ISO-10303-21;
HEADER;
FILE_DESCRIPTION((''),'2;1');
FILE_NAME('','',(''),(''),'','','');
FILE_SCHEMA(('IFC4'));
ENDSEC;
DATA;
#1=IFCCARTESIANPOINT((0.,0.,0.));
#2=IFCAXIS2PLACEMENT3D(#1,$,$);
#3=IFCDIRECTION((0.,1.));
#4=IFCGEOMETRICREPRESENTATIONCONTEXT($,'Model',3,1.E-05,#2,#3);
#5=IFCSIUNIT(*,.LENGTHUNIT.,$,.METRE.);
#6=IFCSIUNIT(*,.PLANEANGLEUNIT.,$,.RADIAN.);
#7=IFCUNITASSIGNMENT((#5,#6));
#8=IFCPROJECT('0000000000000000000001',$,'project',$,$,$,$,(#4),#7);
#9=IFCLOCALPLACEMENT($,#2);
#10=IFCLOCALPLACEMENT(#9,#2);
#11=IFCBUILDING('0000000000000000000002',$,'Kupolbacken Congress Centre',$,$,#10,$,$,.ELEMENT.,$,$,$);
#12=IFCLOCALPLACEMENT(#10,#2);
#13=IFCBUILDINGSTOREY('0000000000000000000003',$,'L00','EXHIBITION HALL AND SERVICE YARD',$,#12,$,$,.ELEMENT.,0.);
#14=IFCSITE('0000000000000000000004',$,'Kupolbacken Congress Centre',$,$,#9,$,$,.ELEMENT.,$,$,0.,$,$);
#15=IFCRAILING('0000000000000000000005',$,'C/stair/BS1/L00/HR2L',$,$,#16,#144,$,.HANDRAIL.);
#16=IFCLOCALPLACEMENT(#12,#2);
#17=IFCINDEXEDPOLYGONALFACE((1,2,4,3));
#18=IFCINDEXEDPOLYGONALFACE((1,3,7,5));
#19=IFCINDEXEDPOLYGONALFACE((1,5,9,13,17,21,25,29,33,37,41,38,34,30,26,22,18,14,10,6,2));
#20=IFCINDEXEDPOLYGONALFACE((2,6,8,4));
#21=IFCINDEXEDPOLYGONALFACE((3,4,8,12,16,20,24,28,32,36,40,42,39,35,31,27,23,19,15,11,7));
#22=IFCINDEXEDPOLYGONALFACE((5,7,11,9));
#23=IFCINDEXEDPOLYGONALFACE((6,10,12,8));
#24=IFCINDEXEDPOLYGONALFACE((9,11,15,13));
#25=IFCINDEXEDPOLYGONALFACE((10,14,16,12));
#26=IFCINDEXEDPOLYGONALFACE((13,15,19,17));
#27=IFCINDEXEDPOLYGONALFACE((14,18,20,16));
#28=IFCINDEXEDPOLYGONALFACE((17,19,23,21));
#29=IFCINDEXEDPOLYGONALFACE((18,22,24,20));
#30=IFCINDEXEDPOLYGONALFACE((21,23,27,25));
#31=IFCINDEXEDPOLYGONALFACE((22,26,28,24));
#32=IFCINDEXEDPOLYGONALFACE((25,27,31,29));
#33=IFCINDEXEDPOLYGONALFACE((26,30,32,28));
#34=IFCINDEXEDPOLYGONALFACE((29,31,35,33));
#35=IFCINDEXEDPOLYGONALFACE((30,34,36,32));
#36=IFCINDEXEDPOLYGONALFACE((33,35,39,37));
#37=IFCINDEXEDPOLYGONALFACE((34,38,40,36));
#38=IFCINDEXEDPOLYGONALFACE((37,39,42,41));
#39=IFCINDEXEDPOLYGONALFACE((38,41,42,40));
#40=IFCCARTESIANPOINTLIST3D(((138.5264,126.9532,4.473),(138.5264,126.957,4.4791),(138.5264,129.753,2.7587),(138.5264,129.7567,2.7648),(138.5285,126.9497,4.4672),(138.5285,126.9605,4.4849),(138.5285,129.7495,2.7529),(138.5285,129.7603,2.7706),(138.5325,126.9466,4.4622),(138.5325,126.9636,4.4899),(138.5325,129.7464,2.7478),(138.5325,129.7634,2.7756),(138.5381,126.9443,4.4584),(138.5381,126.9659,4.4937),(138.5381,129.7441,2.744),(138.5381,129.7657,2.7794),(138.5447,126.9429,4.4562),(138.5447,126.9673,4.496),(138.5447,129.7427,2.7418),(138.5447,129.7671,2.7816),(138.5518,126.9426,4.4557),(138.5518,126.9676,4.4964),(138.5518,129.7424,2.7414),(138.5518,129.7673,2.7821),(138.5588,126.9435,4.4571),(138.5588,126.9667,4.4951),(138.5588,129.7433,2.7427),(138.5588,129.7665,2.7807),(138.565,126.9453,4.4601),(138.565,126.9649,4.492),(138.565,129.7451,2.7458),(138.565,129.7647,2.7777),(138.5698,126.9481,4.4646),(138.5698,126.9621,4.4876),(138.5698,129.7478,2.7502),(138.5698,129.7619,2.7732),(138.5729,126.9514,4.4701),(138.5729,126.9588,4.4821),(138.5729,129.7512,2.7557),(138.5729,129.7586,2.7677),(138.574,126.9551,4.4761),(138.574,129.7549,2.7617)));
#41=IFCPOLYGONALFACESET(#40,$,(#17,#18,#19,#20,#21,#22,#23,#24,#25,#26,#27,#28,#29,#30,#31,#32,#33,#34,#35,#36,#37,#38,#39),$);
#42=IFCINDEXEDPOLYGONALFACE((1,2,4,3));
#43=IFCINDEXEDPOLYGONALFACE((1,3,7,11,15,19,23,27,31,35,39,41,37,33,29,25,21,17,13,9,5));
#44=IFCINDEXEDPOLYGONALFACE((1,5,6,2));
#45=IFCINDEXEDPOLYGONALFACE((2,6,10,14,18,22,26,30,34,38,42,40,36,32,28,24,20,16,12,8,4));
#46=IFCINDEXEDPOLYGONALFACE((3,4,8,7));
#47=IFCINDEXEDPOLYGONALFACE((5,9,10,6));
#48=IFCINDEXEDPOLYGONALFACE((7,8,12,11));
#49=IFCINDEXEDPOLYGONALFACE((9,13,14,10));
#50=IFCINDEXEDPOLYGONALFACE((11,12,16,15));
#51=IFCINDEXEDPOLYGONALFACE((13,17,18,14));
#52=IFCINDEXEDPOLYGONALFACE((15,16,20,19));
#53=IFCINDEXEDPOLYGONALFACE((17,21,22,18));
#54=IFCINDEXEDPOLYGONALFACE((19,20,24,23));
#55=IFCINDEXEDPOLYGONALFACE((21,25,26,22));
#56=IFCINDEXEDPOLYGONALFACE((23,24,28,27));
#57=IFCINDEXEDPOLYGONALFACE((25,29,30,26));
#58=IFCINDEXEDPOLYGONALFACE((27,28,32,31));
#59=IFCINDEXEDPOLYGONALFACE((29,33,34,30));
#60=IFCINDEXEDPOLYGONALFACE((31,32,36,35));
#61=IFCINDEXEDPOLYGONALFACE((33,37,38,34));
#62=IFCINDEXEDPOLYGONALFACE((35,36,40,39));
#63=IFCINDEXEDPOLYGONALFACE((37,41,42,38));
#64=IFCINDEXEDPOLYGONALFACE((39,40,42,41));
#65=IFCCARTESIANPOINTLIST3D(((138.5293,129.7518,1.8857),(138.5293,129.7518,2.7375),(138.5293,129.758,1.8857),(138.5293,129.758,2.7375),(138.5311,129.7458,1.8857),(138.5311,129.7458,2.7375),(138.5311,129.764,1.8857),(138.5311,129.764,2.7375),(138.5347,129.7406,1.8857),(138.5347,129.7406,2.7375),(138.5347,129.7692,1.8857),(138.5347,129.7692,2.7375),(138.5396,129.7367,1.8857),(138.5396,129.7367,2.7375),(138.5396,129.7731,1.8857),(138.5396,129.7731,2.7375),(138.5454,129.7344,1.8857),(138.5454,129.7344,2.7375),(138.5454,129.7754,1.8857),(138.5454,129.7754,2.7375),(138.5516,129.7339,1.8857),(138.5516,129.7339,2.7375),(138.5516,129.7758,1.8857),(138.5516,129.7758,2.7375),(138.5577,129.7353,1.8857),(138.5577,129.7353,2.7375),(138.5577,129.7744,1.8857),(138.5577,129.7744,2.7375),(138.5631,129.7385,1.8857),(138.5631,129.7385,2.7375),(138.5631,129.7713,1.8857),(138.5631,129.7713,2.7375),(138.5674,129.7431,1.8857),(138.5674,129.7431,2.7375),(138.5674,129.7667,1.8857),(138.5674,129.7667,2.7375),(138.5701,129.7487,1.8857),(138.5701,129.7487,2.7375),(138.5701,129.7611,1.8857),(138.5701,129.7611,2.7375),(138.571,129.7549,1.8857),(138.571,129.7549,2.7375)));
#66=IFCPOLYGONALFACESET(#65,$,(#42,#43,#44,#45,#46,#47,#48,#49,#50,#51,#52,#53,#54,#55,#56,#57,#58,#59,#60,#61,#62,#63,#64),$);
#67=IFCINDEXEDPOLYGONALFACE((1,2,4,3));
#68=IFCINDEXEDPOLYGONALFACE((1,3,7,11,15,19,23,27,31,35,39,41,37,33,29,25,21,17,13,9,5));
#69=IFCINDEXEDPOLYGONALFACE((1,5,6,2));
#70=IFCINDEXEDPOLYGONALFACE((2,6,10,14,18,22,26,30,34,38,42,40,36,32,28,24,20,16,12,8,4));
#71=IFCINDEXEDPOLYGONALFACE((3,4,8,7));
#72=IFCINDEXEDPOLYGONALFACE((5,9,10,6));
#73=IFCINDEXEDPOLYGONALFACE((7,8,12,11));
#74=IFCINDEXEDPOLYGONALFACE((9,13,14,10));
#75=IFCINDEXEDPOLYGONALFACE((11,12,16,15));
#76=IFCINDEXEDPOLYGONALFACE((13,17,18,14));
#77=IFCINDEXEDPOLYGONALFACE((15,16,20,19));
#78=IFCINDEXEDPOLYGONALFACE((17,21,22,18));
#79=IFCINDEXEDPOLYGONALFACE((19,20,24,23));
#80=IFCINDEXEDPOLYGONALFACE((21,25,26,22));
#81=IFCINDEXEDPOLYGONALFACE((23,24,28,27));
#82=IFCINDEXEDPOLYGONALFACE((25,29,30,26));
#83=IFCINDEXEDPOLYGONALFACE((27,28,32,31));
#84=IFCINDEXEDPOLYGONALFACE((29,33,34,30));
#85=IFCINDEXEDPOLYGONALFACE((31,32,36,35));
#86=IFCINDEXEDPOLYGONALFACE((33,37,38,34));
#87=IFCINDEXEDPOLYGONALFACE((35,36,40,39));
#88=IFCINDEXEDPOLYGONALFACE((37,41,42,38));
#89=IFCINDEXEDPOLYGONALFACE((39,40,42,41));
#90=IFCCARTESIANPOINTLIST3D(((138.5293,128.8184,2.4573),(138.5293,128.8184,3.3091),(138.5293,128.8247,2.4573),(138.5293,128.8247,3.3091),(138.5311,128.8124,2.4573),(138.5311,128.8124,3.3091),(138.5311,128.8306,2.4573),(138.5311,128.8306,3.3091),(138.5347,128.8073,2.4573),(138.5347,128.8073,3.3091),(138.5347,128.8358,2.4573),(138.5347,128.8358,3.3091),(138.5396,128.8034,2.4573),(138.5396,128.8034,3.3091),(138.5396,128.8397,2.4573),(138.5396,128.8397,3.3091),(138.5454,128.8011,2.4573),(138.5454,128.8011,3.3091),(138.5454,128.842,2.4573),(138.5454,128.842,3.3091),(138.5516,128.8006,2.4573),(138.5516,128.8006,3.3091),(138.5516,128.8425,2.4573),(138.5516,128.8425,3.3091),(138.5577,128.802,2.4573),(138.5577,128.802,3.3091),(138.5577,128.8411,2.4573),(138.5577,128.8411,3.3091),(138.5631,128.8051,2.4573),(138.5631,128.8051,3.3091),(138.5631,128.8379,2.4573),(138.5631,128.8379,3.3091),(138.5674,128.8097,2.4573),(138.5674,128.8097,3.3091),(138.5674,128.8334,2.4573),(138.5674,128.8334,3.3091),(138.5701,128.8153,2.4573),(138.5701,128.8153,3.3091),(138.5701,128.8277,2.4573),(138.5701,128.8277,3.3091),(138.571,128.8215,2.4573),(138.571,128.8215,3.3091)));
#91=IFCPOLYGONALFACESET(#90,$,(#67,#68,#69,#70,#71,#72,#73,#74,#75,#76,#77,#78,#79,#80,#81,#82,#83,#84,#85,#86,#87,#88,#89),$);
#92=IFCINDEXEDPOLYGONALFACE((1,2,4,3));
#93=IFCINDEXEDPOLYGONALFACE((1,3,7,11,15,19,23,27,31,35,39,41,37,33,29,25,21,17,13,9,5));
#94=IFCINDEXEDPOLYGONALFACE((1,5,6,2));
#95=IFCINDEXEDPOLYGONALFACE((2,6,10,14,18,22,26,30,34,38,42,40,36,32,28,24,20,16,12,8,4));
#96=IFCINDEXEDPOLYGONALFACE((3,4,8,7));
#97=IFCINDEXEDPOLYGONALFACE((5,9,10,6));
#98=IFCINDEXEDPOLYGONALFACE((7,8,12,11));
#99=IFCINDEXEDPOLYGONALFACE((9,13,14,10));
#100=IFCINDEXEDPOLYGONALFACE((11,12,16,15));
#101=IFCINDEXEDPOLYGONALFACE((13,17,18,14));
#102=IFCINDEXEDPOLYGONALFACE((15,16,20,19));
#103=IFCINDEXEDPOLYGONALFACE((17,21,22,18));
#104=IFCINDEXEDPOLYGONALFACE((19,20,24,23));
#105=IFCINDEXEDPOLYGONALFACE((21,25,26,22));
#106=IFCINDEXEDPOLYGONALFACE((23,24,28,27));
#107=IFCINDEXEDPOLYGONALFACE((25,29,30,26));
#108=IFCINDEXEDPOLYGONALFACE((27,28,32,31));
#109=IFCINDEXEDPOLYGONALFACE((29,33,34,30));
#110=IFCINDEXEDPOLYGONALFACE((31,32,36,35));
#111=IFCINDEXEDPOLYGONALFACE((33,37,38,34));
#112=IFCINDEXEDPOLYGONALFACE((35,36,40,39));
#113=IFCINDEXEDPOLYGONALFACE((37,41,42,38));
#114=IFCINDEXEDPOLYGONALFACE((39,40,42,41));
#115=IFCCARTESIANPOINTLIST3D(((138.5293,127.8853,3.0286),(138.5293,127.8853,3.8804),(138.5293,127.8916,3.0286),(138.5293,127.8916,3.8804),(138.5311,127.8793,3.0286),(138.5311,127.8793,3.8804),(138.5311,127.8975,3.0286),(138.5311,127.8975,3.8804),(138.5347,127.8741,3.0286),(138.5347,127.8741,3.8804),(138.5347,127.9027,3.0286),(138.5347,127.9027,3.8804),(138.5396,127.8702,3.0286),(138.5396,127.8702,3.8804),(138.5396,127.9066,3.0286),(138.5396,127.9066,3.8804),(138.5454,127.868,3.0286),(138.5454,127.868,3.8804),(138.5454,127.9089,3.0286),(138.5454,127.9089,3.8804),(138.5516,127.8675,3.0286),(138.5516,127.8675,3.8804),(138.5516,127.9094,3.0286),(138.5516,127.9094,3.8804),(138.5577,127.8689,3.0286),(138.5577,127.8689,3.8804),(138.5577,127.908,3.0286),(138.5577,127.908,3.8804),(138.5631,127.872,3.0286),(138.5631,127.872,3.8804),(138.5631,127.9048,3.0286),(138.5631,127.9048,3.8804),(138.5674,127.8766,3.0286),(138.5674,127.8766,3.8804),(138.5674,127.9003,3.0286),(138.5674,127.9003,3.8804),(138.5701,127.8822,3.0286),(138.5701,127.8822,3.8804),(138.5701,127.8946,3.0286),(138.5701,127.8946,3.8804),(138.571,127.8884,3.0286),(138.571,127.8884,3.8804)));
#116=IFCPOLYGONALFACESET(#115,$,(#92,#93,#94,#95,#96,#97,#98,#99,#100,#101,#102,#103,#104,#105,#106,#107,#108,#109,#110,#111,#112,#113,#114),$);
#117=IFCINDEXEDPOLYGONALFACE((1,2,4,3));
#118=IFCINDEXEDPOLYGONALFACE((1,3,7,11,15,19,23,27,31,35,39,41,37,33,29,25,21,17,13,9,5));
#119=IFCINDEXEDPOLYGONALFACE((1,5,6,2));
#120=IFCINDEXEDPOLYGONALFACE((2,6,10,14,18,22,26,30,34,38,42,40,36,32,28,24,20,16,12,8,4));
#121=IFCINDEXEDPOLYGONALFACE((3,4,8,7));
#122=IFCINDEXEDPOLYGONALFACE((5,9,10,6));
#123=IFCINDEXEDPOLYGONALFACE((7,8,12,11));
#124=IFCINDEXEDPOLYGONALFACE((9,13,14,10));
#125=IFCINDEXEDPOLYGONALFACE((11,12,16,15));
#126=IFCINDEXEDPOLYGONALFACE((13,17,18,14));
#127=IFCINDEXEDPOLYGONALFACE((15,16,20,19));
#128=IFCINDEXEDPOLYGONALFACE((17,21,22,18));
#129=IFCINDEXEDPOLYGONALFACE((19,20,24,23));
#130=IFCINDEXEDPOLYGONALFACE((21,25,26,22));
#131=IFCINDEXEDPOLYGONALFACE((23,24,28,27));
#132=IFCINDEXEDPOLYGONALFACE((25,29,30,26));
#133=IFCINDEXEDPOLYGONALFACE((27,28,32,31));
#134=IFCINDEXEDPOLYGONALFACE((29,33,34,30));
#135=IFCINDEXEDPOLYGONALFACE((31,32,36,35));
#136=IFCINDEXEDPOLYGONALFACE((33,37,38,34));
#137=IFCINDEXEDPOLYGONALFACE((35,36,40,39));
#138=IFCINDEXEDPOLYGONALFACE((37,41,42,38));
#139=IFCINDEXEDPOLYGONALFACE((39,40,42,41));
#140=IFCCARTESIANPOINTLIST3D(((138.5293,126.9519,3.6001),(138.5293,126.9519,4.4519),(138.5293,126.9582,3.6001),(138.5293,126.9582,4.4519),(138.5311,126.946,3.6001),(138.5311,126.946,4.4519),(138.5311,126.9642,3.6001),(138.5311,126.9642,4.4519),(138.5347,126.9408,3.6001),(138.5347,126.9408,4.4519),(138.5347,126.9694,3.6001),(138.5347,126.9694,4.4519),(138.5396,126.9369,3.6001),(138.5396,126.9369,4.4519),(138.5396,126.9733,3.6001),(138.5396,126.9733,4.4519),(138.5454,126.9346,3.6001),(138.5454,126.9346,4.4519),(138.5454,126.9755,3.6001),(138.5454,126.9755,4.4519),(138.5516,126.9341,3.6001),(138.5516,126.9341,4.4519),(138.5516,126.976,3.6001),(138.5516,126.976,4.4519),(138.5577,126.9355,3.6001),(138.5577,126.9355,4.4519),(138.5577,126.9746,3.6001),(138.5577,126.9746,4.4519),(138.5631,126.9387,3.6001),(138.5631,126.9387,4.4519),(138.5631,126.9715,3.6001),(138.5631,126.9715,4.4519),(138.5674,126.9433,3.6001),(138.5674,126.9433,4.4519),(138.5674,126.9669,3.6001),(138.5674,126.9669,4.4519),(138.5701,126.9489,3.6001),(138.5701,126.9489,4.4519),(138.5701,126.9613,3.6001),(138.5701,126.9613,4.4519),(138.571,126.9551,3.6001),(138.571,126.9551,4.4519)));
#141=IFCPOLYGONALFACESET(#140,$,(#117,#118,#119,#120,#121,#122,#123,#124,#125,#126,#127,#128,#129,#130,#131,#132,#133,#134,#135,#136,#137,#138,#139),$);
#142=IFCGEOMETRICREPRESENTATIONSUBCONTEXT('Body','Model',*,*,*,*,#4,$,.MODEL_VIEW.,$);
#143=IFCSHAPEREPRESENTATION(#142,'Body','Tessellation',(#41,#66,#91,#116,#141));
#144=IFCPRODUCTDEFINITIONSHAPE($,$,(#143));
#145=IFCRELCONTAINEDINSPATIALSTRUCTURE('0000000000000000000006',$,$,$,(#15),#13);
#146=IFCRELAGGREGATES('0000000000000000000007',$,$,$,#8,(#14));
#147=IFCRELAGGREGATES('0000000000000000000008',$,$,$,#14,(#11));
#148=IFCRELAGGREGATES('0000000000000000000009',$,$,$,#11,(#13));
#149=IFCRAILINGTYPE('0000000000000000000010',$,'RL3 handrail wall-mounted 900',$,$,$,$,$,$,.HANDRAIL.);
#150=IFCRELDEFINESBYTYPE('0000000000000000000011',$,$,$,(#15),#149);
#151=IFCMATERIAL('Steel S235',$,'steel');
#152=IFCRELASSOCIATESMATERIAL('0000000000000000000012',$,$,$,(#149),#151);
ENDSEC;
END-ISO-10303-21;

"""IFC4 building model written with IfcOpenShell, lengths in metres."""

from ifc_helpers import new_model, si_unit, direction, frame, origin, origin_2d, place, context, subcontext, project, spatial, circle, extrude, material, type_object, element, save


model = new_model("IFC4")

# Units and contexts
model_context = context("Model", 3, precision=1e-05, world=origin(), true_north=direction((0.0, 1.0)))
body_context = subcontext(model_context, "Body", "Model", "MODEL_VIEW")
ifc_project = project(units=[si_unit("LENGTHUNIT", "METRE"), si_unit("PLANEANGLEUNIT", "RADIAN")], contexts=[model_context])

# Site, building, storey
site_placement = place(None, origin())
site = spatial("IfcSite", under=ifc_project, at=site_placement, Name="Kupolbacken Congress Centre", CompositionType="ELEMENT", RefElevation=0.0)
building_placement = place(site_placement, origin())
building = spatial("IfcBuilding", under=site, at=building_placement, Name="Kupolbacken Congress Centre", CompositionType="ELEMENT")
storey_placement = place(building_placement, origin())
storey = spatial("IfcBuildingStorey", under=building, at=storey_placement, Name="L00", Description="EXHIBITION HALL AND SERVICE YARD", CompositionType="ELEMENT", Elevation=0.0)

# Railing
ifc_material_1 = material(Name="Steel S235", Category="steel")
railing_type_1 = type_object("IfcRailingType", Name="RL3 handrail wall-mounted 900", PredefinedType="HANDRAIL", material=ifc_material_1)
for number, where, name in (
    (1, (138.55, 129.7549, 1.8857), "C/stair/BS1/L00/HR2L"),
):
    element("IfcRailing", number, at=place(storey_placement, frame(where)), inside=storey, type_object=railing_type_1, Name=name, PredefinedType="HANDRAIL", context=body_context, shape_type="SweptSolid", body=[
        extrude(circle(Radius=0.0239, at=origin_2d()), frame((0.0, 0.0, 0.876), z_axis=(0.0, -0.852826, 0.522196), x_axis=(1.0, 0.0, 0.0)), (0.0, 0.0, 1.0), 3.283),
        extrude(circle(Radius=0.021, at=origin_2d()), origin(), (0.0, 0.0, 1.0), 0.8518),
        extrude(circle(Radius=0.021, at=origin_2d()), frame((0.0, -0.9333, 0.5715)), (0.0, 0.0, 1.0), 0.8518),
        extrude(circle(Radius=0.021, at=origin_2d()), frame((0.0, -1.8665, 1.1428)), (0.0, 0.0, 1.0), 0.8518),
        extrude(circle(Radius=0.021, at=origin_2d()), frame((0.0, -2.7998, 1.7144)), (0.0, 0.0, 1.0), 0.8518),
    ])

save(model, "model.ifc")
